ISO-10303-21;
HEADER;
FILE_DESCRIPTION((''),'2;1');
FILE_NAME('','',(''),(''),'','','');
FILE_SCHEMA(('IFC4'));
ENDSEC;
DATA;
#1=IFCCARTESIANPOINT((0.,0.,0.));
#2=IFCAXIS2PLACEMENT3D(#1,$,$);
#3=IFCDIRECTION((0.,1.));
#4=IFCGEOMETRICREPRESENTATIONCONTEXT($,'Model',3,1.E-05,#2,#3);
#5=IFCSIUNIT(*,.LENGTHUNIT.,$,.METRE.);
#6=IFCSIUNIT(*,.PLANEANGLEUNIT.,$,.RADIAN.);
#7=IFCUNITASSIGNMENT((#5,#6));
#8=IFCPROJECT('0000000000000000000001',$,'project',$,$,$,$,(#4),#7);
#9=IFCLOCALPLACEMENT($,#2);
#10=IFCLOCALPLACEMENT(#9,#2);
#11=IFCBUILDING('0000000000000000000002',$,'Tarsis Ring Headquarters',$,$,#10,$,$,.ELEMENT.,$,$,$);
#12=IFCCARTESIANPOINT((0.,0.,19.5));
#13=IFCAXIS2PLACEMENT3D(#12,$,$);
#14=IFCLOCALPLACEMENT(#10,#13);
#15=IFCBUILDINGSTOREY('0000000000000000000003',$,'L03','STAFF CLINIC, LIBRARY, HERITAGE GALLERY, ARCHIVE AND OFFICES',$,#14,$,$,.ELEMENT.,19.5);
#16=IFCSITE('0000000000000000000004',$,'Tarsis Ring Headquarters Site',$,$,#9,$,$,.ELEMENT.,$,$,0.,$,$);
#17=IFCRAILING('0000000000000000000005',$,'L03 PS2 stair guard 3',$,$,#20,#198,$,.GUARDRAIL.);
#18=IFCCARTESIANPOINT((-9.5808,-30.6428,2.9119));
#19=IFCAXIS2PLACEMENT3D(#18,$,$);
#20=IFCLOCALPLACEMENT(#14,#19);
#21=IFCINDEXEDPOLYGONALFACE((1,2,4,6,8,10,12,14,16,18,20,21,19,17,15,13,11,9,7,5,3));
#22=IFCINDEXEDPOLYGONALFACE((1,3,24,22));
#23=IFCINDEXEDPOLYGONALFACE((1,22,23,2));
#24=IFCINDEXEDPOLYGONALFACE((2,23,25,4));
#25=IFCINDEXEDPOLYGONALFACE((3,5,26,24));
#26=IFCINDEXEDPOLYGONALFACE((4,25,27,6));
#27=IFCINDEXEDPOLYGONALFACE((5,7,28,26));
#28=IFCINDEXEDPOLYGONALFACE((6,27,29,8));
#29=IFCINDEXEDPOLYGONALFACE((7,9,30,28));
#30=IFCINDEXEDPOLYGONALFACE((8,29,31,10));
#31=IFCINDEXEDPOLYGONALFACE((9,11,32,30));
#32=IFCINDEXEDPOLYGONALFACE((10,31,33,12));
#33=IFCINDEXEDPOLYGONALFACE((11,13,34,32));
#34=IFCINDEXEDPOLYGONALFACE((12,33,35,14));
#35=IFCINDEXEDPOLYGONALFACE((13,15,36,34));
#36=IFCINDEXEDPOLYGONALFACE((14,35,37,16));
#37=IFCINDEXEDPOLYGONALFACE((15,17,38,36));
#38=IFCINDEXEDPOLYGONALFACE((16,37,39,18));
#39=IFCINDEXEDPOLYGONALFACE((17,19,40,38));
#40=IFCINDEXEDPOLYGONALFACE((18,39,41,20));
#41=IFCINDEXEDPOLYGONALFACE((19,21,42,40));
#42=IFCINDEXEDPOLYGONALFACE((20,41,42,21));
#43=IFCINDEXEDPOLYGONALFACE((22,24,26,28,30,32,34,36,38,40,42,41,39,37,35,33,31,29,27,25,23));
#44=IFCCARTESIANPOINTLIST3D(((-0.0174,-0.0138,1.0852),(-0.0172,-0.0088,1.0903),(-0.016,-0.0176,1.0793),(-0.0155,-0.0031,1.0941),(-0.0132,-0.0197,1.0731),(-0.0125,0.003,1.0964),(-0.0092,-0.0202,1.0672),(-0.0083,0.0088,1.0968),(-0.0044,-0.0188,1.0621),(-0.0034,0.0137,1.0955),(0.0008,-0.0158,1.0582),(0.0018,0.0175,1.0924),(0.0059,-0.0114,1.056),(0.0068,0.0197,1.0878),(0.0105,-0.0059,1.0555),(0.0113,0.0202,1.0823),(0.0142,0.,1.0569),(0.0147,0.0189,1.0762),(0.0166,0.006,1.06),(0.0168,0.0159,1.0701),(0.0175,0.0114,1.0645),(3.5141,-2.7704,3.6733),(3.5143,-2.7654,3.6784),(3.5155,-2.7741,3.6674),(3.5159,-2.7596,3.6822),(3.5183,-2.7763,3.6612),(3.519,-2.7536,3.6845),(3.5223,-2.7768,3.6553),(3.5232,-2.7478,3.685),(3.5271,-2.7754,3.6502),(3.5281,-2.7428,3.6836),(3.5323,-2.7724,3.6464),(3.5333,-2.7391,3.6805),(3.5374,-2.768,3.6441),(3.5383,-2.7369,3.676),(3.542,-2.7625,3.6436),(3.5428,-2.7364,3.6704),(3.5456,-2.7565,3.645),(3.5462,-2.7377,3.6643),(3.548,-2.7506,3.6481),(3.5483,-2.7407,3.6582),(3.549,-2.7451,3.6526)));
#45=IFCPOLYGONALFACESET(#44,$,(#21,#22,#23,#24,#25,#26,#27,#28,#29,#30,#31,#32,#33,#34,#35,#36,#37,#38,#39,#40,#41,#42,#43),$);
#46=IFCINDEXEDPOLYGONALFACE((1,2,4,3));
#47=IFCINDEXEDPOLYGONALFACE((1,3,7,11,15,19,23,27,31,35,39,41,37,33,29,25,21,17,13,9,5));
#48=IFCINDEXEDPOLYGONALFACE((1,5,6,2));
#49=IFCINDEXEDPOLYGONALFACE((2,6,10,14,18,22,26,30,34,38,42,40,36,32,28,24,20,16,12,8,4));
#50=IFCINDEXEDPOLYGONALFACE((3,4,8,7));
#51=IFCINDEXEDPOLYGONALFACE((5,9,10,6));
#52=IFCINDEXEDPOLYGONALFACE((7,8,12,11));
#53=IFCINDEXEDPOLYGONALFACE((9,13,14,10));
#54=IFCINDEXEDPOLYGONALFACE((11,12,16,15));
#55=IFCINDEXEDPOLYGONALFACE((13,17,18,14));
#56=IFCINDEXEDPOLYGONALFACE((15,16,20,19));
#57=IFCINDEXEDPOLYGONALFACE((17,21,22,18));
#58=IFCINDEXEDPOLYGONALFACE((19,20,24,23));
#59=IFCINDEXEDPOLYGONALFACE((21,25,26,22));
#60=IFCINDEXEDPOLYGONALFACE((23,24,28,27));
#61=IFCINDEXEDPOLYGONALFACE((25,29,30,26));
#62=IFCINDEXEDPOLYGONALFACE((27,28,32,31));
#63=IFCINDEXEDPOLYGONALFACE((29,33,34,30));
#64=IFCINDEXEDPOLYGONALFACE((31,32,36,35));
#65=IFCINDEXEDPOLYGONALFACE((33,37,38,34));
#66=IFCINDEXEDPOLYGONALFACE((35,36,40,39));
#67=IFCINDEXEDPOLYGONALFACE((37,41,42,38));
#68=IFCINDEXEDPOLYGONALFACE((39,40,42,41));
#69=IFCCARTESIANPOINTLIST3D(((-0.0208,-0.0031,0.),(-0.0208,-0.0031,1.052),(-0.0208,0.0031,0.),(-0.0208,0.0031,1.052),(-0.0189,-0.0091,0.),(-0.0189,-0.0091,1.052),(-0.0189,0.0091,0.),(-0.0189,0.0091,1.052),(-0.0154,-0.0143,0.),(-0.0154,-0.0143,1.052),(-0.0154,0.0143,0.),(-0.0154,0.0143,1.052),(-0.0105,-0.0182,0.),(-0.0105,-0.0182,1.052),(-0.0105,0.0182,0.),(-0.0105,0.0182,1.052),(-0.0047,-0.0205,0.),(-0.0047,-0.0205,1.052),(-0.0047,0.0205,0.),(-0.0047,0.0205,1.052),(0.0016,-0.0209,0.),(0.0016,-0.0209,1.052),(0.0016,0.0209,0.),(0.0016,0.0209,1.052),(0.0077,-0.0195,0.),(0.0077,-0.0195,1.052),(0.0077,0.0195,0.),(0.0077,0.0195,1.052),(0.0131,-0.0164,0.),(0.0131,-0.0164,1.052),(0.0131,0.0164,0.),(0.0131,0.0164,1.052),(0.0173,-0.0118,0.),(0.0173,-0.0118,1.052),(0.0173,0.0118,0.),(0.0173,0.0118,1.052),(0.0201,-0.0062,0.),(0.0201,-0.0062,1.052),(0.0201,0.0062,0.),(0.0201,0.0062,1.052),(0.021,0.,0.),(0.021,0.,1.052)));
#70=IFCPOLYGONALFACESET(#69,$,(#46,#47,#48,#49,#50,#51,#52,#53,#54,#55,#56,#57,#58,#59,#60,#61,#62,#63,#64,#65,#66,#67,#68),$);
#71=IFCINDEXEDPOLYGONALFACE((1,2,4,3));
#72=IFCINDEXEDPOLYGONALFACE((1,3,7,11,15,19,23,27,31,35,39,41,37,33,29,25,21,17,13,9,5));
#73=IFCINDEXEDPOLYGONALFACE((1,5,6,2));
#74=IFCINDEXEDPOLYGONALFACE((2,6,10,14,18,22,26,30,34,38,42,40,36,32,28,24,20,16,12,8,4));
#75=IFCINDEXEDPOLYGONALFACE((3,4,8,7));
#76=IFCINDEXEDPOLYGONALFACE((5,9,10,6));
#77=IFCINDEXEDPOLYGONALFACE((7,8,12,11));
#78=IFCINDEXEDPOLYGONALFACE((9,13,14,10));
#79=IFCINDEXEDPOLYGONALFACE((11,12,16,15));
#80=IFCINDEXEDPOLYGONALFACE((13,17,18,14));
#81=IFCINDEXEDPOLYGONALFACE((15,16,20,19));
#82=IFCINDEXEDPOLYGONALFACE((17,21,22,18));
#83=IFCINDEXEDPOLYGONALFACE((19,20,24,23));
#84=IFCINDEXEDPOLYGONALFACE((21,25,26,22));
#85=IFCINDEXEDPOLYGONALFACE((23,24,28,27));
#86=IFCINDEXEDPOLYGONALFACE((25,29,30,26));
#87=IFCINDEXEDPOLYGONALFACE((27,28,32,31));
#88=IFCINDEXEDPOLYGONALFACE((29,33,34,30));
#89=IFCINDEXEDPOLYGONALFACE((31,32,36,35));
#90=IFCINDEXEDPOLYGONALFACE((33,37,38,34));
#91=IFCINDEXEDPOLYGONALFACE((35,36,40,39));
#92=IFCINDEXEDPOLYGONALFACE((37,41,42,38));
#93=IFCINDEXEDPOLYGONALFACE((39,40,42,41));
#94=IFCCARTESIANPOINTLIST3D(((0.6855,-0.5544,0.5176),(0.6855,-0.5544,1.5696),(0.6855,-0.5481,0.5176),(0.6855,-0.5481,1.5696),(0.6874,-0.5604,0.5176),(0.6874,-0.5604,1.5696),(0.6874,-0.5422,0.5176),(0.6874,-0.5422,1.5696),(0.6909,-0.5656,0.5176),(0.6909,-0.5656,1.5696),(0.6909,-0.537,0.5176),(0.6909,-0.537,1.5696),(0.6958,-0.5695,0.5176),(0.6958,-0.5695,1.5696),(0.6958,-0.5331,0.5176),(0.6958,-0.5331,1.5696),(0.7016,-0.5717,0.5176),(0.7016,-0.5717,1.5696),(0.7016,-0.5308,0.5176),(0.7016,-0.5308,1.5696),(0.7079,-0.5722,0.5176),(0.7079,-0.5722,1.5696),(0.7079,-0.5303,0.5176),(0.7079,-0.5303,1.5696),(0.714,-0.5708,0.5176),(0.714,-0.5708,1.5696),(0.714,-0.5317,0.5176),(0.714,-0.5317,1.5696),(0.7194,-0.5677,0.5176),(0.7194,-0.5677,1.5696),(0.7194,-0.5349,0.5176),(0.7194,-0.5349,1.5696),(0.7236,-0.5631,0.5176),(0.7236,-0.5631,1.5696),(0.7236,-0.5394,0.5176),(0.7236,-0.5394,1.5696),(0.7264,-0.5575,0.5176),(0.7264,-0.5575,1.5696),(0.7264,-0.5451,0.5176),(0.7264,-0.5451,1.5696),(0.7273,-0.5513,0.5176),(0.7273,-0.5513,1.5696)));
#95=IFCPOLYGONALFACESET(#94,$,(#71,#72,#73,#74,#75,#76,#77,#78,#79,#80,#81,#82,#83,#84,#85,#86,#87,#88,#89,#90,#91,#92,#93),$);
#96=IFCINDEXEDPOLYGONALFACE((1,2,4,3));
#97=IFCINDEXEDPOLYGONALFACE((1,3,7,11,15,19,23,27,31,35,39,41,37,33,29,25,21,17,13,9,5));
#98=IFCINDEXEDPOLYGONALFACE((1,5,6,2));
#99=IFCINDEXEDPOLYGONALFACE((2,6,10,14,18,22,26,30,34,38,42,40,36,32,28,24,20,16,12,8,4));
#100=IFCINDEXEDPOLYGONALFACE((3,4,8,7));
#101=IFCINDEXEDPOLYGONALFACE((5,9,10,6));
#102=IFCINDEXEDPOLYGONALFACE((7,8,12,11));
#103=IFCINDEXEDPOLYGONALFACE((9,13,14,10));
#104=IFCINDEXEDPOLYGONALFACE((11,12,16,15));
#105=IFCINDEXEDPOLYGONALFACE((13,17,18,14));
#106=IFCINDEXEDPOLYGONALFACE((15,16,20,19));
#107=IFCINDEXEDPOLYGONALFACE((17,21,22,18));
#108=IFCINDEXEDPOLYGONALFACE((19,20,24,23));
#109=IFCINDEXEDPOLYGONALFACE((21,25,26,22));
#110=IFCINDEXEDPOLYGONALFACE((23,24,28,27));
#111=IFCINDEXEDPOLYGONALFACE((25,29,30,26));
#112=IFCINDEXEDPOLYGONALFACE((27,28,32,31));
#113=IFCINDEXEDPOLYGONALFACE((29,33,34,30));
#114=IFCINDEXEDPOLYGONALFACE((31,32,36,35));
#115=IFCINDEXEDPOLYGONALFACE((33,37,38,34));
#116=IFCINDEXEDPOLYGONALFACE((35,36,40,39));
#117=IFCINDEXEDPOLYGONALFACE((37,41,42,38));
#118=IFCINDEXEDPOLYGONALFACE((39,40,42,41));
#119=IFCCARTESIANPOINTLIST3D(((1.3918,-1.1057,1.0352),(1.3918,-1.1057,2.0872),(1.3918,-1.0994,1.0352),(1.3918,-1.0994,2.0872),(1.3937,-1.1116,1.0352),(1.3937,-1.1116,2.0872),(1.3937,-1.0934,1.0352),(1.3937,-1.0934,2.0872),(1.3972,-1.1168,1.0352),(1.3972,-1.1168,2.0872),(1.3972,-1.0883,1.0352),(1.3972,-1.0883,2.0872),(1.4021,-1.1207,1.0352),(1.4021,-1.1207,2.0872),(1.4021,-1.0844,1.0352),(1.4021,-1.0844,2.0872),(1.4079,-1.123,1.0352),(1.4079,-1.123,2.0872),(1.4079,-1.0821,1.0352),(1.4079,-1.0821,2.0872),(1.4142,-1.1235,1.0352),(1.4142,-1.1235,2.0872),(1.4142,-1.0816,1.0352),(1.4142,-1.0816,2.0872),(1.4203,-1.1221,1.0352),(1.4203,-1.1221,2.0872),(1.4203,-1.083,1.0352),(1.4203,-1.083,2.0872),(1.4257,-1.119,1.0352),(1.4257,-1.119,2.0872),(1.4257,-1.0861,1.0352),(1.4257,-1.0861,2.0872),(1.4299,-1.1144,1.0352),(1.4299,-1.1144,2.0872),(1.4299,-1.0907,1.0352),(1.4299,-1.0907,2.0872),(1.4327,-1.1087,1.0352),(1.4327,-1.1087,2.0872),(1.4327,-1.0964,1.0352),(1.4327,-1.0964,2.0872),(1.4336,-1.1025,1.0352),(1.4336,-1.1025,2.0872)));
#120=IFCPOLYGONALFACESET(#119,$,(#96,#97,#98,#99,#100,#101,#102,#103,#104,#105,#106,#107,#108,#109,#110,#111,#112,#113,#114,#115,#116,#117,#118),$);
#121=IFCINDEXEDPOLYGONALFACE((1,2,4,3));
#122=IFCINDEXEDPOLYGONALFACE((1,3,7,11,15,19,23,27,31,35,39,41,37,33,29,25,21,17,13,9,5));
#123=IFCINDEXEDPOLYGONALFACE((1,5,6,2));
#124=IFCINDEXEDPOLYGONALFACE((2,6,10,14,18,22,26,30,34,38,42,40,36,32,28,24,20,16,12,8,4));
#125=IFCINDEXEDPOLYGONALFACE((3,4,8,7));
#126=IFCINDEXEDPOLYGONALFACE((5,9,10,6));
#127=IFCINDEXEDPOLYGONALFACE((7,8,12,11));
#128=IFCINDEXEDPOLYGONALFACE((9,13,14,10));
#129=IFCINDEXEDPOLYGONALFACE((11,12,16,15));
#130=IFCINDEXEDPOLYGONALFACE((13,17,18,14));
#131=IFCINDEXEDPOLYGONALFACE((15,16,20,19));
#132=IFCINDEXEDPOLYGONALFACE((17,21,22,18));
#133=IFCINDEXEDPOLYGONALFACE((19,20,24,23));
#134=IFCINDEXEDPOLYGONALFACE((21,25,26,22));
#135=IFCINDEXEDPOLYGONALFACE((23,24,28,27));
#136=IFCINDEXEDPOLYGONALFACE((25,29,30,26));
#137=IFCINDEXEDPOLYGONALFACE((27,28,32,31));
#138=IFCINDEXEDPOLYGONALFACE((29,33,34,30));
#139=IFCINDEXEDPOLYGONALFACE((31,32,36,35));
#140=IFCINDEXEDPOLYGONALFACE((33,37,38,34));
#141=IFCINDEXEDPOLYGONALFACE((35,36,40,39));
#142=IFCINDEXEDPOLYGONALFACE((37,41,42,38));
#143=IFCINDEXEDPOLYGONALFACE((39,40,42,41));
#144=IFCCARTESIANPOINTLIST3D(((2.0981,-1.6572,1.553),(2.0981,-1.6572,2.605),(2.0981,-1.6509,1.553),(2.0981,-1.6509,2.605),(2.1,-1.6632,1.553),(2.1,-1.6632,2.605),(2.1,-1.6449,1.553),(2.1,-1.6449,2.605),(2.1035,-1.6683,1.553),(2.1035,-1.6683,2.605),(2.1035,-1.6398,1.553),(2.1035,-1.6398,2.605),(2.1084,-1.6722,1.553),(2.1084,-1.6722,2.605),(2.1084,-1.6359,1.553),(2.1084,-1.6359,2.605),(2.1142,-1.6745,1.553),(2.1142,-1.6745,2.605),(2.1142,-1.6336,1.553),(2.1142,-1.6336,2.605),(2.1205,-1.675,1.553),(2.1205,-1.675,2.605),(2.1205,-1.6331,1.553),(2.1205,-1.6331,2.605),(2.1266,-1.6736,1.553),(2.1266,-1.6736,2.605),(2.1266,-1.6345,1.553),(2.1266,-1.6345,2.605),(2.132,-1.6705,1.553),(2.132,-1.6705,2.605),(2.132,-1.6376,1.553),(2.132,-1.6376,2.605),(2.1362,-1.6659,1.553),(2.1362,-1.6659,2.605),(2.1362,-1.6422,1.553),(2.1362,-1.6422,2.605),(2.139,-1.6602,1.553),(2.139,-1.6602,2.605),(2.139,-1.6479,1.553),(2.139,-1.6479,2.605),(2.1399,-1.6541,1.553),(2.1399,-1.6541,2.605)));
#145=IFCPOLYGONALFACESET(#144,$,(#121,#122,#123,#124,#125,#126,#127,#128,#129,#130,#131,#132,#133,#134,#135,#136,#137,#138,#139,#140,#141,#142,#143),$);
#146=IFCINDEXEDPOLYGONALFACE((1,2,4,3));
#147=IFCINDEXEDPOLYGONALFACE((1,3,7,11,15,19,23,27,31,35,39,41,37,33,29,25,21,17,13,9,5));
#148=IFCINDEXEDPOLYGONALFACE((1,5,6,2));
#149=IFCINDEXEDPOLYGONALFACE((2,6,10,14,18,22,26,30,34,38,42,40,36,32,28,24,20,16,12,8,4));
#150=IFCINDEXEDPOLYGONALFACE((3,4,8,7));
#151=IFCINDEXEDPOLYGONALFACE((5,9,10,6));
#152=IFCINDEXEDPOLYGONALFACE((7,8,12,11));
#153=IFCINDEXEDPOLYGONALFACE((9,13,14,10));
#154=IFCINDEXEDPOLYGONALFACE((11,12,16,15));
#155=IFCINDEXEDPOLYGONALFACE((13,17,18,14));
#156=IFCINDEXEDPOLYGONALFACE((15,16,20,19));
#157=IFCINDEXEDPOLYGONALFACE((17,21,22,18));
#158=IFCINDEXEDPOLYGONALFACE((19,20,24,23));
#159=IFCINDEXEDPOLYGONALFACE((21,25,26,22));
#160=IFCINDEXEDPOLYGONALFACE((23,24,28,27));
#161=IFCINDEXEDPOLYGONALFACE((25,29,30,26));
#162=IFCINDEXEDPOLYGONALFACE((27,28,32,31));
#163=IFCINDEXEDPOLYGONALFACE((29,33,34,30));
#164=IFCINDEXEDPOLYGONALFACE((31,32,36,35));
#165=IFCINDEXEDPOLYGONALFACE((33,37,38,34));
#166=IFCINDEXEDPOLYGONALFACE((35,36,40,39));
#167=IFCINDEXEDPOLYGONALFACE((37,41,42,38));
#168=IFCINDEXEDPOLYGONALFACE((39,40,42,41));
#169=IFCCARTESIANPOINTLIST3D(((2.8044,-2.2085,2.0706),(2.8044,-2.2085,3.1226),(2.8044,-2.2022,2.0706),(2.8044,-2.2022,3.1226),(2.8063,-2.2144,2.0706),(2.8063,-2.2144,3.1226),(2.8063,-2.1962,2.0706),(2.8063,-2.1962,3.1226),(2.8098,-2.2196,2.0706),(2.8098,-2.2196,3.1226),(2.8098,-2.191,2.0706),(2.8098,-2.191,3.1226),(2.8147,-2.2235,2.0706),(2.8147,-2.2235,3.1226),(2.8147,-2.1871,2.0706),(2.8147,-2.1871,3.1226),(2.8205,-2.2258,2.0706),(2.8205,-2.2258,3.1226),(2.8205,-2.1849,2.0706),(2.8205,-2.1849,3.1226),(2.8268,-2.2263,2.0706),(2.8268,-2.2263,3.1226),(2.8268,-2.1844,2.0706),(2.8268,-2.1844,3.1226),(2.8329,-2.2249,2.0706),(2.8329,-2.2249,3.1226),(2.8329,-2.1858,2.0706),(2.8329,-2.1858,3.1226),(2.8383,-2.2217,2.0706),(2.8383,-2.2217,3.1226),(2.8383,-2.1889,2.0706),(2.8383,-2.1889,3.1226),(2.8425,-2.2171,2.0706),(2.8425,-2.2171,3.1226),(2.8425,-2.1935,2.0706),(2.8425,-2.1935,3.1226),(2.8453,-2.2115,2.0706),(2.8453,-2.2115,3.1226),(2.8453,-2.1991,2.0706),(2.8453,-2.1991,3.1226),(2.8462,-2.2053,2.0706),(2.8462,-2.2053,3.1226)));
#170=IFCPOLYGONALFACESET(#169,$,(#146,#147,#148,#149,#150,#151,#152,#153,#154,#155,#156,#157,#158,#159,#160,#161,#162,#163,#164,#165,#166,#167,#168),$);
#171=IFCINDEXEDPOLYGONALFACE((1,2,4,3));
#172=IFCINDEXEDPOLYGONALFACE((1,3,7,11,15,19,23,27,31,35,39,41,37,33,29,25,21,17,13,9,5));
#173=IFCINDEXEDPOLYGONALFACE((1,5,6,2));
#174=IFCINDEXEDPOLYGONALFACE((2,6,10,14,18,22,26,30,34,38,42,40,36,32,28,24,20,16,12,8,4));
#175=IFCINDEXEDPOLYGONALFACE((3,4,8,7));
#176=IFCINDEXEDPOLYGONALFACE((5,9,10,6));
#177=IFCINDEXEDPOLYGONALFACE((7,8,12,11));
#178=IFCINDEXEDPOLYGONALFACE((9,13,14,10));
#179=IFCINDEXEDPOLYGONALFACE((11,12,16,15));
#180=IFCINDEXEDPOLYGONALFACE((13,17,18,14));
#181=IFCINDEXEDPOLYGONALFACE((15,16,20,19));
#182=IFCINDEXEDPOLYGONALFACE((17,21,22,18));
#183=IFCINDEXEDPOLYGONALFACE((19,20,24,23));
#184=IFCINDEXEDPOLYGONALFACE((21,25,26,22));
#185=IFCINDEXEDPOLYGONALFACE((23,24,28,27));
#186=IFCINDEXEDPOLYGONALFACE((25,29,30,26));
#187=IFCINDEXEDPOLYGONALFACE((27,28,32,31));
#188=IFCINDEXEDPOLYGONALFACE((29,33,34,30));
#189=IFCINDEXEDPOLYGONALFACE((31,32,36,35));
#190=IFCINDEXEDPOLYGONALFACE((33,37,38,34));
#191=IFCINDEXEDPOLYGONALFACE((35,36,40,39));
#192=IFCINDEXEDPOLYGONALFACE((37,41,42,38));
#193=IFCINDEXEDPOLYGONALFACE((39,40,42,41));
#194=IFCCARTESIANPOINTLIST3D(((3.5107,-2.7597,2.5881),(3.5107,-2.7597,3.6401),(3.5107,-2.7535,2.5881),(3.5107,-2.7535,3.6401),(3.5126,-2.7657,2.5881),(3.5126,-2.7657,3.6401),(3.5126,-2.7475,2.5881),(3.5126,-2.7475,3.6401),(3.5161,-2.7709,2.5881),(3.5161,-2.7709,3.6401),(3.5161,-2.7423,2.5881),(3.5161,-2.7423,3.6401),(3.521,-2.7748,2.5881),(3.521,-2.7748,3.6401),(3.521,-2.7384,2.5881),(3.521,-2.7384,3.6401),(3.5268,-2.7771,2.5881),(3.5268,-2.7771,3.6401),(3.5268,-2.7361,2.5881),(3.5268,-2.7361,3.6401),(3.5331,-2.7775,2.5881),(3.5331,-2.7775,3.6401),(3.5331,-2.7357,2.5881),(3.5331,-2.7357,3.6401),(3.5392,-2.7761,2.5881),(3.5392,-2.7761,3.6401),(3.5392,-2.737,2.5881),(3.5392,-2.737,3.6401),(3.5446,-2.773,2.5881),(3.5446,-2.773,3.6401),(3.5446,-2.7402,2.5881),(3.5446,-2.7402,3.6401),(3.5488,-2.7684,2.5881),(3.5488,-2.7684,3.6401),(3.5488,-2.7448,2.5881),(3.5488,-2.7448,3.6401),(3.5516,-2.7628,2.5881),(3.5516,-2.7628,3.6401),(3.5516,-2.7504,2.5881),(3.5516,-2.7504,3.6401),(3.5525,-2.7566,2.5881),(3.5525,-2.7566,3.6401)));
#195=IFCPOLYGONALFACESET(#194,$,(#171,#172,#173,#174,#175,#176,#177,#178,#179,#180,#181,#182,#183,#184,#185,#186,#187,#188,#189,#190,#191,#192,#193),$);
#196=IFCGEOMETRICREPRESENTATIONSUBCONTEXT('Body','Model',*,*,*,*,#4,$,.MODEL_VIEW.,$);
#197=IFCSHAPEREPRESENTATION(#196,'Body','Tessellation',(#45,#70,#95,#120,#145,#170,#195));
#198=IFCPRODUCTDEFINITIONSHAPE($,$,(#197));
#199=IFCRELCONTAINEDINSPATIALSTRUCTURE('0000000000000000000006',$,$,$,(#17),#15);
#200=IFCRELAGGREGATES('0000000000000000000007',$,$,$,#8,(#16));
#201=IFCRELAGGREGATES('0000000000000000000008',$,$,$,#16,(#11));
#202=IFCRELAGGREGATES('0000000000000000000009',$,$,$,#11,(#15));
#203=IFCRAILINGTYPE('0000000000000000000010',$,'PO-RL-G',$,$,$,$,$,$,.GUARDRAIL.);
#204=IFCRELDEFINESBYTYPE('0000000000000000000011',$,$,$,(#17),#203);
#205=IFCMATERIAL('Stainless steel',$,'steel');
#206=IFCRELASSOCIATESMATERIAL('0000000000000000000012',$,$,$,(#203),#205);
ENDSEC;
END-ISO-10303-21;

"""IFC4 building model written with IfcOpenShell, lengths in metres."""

from ifc_helpers import new_model, si_unit, direction, frame, origin, origin_2d, place, context, subcontext, project, spatial, circle, extrude, material, type_object, element, save


model = new_model("IFC4")

# Units and contexts
model_context = context("Model", 3, precision=1e-05, world=origin(), true_north=direction((0.0, 1.0)))
body_context = subcontext(model_context, "Body", "Model", "MODEL_VIEW")
ifc_project = project(units=[si_unit("LENGTHUNIT", "METRE"), si_unit("PLANEANGLEUNIT", "RADIAN")], contexts=[model_context])

# Site, building, storey
site_placement = place(None, origin())
site = spatial("IfcSite", under=ifc_project, at=site_placement, Name="Tarsis Ring Headquarters Site", CompositionType="ELEMENT", RefElevation=0.0)
building_placement = place(site_placement, origin())
building = spatial("IfcBuilding", under=site, at=building_placement, Name="Tarsis Ring Headquarters", CompositionType="ELEMENT")
storey_placement = place(building_placement, frame((0.0, 0.0, 19.5)))
storey = spatial("IfcBuildingStorey", under=building, at=storey_placement, Name="L03", Description="STAFF CLINIC, LIBRARY, HERITAGE GALLERY, ARCHIVE AND OFFICES", CompositionType="ELEMENT", Elevation=19.5)

# Railing
ifc_material_1 = material(Name="Stainless steel", Category="steel")
railing_type_1 = type_object("IfcRailingType", Name="PO-RL-G", PredefinedType="GUARDRAIL", material=ifc_material_1)
railing_1_placement = place(storey_placement, frame((-9.5808, -30.6428, 2.9119)))
element("IfcRailing", 1, at=railing_1_placement, inside=storey, type_object=railing_type_1, Name="L03 PS2 stair guard 3", PredefinedType="GUARDRAIL", context=body_context, shape_type="SweptSolid", body=[
    extrude(circle(Radius=0.0239, at=origin_2d()), frame((0.0, 0.0, 1.0762), z_axis=(0.682566, -0.532793, 0.500234), x_axis=(0.615313, 0.788283, 0.0)), (0.0, 0.0, 1.0), 5.1738),
    extrude(circle(Radius=0.021, at=origin_2d()), origin(), (0.0, 0.0, 1.0), 1.052),
    extrude(circle(Radius=0.021, at=origin_2d()), frame((0.7063, -0.5513, 0.5176)), (0.0, 0.0, 1.0), 1.052),
    extrude(circle(Radius=0.021, at=origin_2d()), frame((1.4126, -1.1025, 1.0352)), (0.0, 0.0, 1.0), 1.052),
    extrude(circle(Radius=0.021, at=origin_2d()), frame((2.1189, -1.6541, 1.553)), (0.0, 0.0, 1.0), 1.052),
    extrude(circle(Radius=0.021, at=origin_2d()), frame((2.8252, -2.2053, 2.0706)), (0.0, 0.0, 1.0), 1.052),
    extrude(circle(Radius=0.021, at=origin_2d()), frame((3.5315, -2.7566, 2.5881)), (0.0, 0.0, 1.0), 1.052),
])

save(model, "model.ifc")
